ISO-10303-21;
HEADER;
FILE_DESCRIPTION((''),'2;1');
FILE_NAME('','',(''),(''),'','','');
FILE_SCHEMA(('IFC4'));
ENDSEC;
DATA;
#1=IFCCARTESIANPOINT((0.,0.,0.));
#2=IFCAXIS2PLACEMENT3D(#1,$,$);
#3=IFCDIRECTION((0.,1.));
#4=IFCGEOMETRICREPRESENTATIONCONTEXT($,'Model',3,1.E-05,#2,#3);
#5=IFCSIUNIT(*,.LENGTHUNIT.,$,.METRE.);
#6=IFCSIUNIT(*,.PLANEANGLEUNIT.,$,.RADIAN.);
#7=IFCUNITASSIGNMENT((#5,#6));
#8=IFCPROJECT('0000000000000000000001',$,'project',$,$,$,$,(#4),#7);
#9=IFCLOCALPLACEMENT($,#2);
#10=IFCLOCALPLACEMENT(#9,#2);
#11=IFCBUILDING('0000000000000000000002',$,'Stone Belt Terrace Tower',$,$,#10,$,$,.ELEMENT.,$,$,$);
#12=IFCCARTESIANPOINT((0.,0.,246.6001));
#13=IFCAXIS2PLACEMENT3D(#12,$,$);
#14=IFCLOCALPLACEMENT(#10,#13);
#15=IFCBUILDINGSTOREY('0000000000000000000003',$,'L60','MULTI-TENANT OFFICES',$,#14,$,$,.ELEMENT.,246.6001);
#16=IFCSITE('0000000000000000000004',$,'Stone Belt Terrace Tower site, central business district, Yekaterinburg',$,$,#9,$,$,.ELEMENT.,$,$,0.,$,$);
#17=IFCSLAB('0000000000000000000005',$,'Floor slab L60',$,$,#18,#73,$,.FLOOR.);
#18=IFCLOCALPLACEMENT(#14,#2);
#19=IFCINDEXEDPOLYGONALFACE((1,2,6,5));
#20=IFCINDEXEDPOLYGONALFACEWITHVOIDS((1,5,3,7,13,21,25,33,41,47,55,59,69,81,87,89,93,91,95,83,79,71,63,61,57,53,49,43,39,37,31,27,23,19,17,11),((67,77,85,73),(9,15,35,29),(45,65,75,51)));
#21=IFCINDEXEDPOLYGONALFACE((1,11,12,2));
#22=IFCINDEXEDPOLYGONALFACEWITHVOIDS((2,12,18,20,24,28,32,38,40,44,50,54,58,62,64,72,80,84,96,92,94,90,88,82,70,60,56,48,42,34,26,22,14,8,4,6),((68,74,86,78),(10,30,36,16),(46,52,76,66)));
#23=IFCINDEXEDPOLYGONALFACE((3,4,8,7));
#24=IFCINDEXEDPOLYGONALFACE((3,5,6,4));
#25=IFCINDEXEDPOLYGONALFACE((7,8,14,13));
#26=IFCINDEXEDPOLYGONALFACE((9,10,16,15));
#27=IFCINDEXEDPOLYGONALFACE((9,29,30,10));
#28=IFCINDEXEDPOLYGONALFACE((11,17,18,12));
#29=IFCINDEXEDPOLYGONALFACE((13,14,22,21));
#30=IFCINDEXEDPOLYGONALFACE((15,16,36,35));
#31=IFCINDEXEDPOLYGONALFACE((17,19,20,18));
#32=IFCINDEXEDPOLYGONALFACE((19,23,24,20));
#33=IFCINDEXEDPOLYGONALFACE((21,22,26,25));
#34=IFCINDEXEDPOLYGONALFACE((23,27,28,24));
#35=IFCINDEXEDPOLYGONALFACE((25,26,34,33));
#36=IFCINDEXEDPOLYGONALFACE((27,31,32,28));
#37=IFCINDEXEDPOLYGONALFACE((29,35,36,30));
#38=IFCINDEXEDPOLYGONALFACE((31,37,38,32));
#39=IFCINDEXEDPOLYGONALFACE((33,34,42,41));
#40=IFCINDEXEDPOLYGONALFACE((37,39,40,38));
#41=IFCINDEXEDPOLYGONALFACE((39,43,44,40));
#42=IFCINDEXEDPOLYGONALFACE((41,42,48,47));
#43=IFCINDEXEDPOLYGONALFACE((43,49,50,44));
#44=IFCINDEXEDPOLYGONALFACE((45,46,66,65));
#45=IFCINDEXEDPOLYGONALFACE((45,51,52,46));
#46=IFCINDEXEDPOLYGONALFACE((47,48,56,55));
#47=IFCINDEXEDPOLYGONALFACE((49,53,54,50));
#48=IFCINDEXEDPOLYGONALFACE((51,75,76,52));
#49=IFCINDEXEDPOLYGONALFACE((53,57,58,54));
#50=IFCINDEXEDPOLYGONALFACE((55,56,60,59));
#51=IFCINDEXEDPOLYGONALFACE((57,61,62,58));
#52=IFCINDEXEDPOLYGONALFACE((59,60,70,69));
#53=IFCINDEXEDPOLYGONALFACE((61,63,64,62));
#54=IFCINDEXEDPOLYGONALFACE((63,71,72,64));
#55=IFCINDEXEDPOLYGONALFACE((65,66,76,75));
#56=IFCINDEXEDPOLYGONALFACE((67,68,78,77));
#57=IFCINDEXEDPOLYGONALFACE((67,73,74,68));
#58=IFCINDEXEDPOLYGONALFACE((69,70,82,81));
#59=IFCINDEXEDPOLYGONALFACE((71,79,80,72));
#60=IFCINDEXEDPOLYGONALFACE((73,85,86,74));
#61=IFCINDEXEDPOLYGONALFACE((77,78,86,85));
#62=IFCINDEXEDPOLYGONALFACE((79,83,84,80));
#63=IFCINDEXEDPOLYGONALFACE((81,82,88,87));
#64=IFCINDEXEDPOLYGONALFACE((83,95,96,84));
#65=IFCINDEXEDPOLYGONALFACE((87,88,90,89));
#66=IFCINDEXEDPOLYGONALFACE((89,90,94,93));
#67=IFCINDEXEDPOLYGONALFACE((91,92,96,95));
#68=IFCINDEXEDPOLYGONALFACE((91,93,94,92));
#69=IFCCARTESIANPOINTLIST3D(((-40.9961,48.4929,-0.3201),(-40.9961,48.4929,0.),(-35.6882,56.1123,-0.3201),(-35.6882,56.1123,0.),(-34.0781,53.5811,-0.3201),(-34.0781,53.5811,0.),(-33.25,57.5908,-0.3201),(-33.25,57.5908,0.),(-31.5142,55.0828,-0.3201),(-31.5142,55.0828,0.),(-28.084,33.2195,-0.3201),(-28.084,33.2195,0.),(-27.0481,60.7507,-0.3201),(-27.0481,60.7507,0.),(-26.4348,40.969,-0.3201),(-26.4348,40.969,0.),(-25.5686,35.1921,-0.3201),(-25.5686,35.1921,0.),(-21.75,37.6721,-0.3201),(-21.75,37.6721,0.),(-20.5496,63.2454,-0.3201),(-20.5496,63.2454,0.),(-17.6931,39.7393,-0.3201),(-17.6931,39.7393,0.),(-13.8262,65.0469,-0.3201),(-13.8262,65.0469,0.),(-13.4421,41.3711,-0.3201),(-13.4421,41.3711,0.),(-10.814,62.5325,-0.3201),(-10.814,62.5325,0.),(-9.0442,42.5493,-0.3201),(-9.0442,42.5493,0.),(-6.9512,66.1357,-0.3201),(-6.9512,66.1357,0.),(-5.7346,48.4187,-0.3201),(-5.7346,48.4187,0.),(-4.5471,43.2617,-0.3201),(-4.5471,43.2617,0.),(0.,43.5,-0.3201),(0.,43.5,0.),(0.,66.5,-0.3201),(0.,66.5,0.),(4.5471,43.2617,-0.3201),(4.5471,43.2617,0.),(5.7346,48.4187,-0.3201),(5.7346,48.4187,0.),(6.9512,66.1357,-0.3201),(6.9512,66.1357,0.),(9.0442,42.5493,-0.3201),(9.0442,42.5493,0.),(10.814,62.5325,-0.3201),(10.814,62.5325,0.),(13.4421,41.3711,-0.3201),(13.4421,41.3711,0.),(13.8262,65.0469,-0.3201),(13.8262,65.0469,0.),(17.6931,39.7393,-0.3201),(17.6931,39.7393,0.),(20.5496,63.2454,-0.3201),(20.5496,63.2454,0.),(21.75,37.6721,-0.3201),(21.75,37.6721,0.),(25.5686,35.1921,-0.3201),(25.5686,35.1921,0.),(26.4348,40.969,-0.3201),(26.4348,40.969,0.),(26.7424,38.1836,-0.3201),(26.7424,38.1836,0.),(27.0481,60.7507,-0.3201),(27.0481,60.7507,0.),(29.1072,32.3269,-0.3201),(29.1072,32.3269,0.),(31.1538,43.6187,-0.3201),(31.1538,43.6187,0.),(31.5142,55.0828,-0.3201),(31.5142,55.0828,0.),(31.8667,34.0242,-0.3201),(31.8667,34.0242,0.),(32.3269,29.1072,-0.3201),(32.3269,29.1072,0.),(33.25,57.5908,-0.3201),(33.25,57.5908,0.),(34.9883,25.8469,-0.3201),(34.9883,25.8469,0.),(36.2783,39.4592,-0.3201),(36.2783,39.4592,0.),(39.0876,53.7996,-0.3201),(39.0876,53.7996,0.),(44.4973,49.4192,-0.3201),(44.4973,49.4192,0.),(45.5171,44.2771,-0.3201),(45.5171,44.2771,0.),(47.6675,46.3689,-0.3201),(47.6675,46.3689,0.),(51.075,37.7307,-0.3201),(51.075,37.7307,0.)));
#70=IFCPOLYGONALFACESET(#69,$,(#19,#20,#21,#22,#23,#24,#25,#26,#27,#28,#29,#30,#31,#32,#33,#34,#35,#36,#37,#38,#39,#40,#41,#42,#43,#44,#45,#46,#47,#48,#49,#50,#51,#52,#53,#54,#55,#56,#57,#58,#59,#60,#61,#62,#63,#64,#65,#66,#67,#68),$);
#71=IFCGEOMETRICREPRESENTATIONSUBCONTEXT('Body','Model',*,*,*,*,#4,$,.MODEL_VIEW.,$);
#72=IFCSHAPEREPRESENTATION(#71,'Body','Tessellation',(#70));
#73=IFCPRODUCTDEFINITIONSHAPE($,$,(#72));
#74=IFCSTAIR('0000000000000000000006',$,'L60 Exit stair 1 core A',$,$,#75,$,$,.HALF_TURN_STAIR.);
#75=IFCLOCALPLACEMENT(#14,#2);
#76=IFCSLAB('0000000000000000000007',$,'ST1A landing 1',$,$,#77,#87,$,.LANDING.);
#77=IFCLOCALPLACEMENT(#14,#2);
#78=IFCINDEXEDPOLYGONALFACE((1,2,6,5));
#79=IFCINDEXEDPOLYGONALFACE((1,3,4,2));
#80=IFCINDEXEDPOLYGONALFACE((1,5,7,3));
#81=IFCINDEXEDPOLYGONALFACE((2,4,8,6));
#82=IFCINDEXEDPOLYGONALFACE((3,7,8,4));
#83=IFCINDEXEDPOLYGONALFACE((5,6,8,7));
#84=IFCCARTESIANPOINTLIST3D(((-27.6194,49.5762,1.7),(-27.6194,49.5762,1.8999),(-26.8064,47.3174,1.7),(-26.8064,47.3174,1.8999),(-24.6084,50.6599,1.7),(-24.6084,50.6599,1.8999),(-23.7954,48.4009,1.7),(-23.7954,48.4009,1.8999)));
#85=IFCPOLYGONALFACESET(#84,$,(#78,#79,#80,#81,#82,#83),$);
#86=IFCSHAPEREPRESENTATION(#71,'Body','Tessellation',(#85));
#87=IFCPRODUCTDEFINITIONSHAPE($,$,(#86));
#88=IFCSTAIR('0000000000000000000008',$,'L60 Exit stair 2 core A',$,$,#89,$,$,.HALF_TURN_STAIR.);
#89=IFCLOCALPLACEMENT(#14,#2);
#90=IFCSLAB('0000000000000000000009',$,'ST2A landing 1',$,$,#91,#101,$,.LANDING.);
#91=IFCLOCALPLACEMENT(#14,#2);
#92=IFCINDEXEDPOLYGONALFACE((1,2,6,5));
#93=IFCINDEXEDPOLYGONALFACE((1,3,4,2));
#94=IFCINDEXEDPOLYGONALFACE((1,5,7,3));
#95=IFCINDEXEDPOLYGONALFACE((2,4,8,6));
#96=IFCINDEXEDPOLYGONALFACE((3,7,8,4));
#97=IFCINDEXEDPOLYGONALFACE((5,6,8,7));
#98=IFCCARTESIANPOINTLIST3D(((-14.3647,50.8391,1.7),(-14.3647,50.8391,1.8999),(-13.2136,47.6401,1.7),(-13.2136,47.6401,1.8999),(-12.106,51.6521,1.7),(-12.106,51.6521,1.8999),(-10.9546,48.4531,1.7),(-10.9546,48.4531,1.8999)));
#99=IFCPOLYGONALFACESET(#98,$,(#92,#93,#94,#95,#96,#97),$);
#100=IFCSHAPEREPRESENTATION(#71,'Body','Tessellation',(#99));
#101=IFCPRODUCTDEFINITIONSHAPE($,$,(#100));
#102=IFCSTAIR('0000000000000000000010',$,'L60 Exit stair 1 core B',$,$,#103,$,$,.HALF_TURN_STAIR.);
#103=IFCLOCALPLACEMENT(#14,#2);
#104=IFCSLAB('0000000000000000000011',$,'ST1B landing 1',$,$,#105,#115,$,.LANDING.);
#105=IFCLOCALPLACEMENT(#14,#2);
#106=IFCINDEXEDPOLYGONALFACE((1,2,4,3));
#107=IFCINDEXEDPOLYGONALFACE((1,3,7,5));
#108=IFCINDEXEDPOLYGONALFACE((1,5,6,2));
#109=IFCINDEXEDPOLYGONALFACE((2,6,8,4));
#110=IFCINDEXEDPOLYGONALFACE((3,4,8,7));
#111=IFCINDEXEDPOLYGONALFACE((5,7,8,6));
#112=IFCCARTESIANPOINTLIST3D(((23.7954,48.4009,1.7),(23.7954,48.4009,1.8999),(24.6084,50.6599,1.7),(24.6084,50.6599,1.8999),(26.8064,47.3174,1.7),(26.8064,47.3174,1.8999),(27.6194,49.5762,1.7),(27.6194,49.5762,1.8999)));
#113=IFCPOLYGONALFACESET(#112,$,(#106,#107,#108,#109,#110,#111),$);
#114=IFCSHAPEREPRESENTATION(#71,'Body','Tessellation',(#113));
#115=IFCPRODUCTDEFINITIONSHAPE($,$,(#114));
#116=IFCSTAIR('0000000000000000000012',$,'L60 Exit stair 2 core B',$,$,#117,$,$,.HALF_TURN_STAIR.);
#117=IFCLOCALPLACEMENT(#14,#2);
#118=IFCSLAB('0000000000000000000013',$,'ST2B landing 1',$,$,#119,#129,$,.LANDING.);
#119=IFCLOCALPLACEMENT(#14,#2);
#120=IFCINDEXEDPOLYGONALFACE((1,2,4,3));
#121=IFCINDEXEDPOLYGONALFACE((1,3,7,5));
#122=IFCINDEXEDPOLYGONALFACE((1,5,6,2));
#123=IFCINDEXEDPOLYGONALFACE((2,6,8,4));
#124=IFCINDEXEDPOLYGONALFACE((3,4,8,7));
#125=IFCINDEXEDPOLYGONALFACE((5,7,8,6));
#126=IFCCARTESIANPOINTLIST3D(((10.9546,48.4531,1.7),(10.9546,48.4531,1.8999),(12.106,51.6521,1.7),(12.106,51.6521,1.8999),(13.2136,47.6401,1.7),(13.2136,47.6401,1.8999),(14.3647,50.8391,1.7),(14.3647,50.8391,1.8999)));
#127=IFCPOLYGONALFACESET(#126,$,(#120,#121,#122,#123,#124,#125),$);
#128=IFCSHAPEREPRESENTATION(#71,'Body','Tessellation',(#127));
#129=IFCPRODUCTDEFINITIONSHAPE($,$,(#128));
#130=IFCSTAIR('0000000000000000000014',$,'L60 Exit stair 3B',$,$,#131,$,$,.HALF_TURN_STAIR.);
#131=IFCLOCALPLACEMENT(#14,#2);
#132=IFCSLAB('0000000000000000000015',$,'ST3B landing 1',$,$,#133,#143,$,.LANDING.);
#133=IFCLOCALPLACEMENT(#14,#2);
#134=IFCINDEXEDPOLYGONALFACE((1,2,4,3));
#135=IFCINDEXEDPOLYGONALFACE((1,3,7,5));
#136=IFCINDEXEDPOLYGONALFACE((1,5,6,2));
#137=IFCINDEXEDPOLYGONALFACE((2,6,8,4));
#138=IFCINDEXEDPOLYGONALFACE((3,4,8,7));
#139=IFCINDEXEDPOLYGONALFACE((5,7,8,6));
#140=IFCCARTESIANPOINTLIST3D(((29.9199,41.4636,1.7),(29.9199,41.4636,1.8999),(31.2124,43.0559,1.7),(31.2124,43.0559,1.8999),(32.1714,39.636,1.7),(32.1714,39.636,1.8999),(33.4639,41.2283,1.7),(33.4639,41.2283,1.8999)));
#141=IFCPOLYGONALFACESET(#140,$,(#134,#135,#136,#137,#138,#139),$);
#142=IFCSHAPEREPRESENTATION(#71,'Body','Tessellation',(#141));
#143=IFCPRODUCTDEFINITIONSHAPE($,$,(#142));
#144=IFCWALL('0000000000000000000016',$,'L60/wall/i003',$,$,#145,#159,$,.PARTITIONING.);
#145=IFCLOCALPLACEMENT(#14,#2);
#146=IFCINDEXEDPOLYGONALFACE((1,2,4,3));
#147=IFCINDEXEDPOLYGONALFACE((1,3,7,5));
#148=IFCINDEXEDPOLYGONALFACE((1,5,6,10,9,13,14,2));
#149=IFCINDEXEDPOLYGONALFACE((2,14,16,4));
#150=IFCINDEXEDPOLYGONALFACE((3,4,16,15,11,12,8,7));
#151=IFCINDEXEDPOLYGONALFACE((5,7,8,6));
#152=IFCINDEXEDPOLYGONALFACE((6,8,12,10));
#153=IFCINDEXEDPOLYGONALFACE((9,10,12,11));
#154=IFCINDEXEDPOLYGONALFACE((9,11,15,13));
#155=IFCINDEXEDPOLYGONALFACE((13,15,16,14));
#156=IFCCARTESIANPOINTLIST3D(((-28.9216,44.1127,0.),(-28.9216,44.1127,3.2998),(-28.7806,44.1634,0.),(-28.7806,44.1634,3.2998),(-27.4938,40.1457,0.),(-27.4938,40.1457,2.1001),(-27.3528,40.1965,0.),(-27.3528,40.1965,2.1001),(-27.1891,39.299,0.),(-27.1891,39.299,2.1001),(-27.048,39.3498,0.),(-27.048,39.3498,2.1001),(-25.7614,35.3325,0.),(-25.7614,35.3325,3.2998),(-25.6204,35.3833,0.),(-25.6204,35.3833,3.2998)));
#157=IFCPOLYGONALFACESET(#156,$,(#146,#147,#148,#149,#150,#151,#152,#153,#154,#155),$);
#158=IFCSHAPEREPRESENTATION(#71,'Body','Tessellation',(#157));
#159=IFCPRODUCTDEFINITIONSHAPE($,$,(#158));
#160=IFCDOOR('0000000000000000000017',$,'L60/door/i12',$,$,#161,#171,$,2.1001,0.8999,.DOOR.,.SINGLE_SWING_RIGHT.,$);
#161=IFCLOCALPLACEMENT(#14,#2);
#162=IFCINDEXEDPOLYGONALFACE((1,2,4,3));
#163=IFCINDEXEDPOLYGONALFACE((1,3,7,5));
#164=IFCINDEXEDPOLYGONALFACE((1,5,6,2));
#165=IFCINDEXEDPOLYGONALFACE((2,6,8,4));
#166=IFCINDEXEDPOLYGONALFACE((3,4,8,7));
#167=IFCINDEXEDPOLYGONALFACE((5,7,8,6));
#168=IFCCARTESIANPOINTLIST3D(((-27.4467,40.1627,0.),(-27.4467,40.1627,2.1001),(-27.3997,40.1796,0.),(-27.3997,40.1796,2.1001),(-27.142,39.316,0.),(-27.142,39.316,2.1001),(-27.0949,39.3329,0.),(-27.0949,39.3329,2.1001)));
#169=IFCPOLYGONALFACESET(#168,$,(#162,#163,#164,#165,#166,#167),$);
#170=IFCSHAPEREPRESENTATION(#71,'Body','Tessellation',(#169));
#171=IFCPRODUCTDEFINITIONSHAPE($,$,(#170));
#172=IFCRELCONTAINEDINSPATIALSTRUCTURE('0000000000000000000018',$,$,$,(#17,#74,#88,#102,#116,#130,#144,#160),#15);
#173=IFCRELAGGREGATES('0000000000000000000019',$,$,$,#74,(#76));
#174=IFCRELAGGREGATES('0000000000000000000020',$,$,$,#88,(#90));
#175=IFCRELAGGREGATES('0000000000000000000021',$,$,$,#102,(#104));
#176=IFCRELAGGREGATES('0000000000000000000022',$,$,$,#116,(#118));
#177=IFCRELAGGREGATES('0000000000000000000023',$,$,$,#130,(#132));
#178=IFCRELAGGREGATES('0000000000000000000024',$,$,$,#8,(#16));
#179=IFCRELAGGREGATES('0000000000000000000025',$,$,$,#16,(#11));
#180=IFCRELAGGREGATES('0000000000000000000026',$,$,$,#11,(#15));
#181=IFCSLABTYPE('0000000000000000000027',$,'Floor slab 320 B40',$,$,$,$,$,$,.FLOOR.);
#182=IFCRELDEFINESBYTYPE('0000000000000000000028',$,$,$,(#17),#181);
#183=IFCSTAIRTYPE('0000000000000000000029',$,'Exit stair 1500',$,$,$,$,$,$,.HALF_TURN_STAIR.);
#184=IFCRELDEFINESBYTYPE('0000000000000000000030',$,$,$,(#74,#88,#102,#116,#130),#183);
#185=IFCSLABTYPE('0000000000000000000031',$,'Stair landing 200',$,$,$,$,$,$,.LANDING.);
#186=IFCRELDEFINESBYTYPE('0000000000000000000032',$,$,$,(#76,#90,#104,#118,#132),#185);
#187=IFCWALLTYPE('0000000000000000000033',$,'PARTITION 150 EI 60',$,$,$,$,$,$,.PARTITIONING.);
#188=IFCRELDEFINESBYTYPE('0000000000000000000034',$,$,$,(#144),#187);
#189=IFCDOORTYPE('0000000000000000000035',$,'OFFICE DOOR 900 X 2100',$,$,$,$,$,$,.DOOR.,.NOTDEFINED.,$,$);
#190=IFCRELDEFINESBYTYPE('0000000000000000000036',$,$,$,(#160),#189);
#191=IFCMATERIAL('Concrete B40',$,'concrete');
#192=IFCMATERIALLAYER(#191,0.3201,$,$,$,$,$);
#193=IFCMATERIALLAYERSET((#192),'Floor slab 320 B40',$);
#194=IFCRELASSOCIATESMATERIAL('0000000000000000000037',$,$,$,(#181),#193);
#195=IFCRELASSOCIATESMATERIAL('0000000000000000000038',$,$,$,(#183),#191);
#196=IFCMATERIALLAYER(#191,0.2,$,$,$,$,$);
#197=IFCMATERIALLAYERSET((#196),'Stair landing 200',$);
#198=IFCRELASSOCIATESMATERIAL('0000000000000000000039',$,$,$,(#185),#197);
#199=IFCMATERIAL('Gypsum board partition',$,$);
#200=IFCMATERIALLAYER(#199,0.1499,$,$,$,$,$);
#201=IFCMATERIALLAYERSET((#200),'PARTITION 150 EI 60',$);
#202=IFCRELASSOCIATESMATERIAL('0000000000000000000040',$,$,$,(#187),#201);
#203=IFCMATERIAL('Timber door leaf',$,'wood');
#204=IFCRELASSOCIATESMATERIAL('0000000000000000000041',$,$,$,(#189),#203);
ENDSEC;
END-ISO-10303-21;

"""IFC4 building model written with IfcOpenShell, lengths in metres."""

from ifc_helpers import new_model, si_unit, direction, frame, frame_2d, origin, place, context, subcontext, project, spatial, polyline, rectangle, outline, extrude, material, layer, layer_set, type_object, element, fill, aggregate, save


model = new_model("IFC4")

# Units and contexts
model_context = context("Model", 3, precision=1e-05, world=origin(), true_north=direction((0.0, 1.0)))
body_context = subcontext(model_context, "Body", "Model", "MODEL_VIEW")
ifc_project = project(units=[si_unit("LENGTHUNIT", "METRE"), si_unit("PLANEANGLEUNIT", "RADIAN")], contexts=[model_context])

# Site, building, storey
site_placement = place(None, origin())
site = spatial("IfcSite", under=ifc_project, at=site_placement, Name="Stone Belt Terrace Tower site, central business district, Yekaterinburg", CompositionType="ELEMENT", RefElevation=0.0)
building_placement = place(site_placement, origin())
building = spatial("IfcBuilding", under=site, at=building_placement, Name="Stone Belt Terrace Tower", CompositionType="ELEMENT")
storey_placement = place(building_placement, frame((0.0, 0.0, 246.6001)))
storey = spatial("IfcBuildingStorey", under=building, at=storey_placement, Name="L60", Description="MULTI-TENANT OFFICES", CompositionType="ELEMENT", Elevation=246.6001)

# Slab
ifc_material_1 = material(Name="Concrete B40", Category="concrete")
ifc_layer_1 = layer(ifc_material_1, 0.3201)
ifc_layer_set_1 = layer_set([ifc_layer_1], Name="Floor slab 320 B40")
slab_type_1 = type_object("IfcSlabType", Name="Floor slab 320 B40", PredefinedType="FLOOR", material=ifc_layer_set_1)
slab_1_placement = place(storey_placement, frame((0.0, 0.0, -0.3201)))
element("IfcSlab", 1, at=slab_1_placement, inside=storey, type_object=slab_type_1, Name="Floor slab L60", PredefinedType="FLOOR", context=body_context, shape_type="SweptSolid", body=[
    extrude(outline(polyline([(-35.6882, 56.1123), (-33.25, 57.5908), (-27.0481, 60.7507), (-20.5496, 63.2454), (-13.8262, 65.0469), (-6.9512, 66.1357), (0.0, 66.5), (6.9512, 66.1357), (13.8262, 65.0469), (20.5496, 63.2454), (27.0481, 60.7507), (33.25, 57.5908), (39.0876, 53.7996), (44.4973, 49.4192), (47.6675, 46.3689), (45.5171, 44.2771), (51.075, 37.7307), (34.9883, 25.8469), (32.3269, 29.1072), (29.1072, 32.3269), (25.5686, 35.1921), (21.75, 37.6721), (17.6931, 39.7393), (13.4421, 41.3711), (9.0442, 42.5493), (4.5471, 43.2617), (0.0, 43.5), (-4.5471, 43.2617), (-9.0442, 42.5493), (-13.4421, 41.3711), (-17.6931, 39.7393), (-21.75, 37.6721), (-25.5686, 35.1921), (-28.084, 33.2195), (-40.9961, 48.4929), (-34.0781, 53.5811), (-35.6882, 56.1123)]), holes=[polyline([(-31.5142, 55.0828), (-26.4348, 40.969), (-5.7346, 48.4187), (-10.814, 62.5325), (-31.5142, 55.0828)]), polyline([(31.5142, 55.0828), (10.814, 62.5325), (5.7346, 48.4187), (26.4348, 40.969), (31.5142, 55.0828)]), polyline([(36.2783, 39.4592), (31.1538, 43.6187), (26.7424, 38.1836), (31.8667, 34.0242), (36.2783, 39.4592)])]), origin(), (0.0, 0.0, 1.0), 0.3201),
])

# Stairs, slabs
stair_type = type_object("IfcStairType", Name="Exit stair 1500", PredefinedType="HALF_TURN_STAIR", material=ifc_material_1)
stair_1_placement = place(storey_placement, origin())
stair_1 = element("IfcStair", 2, at=stair_1_placement, inside=storey, type_object=stair_type, Name="L60 Exit stair 1 core A", PredefinedType="HALF_TURN_STAIR")
ifc_layer_2 = layer(ifc_material_1, 0.2)
ifc_layer_set_2 = layer_set([ifc_layer_2], Name="Stair landing 200")
slab_type_2 = type_object("IfcSlabType", Name="Stair landing 200", PredefinedType="LANDING", material=ifc_layer_set_2)
slab_2_placement = place(storey_placement, frame((0.0, 0.0, 1.7)))
slab_2 = element("IfcSlab", 3, at=slab_2_placement, type_object=slab_type_2, Name="ST1A landing 1", PredefinedType="LANDING", context=body_context, shape_type="SweptSolid", body=[
    extrude(outline(polyline([(-23.7954, 48.4009), (-24.6084, 50.6599), (-27.6194, 49.5762), (-26.8064, 47.3174), (-23.7954, 48.4009)])), origin(), (0.0, 0.0, 1.0), 0.2),
])
aggregate(stair_1, [slab_2])
stair_2_placement = place(storey_placement, origin())
stair_2 = element("IfcStair", 4, at=stair_2_placement, inside=storey, type_object=stair_type, Name="L60 Exit stair 2 core A", PredefinedType="HALF_TURN_STAIR")
slab_3_placement = place(storey_placement, frame((0.0, 0.0, 1.7)))
slab_3 = element("IfcSlab", 5, at=slab_3_placement, type_object=slab_type_2, Name="ST2A landing 1", PredefinedType="LANDING", context=body_context, shape_type="SweptSolid", body=[
    extrude(outline(polyline([(-13.2136, 47.6401), (-10.9546, 48.4531), (-12.106, 51.6521), (-14.3647, 50.8391), (-13.2136, 47.6401)])), origin(), (0.0, 0.0, 1.0), 0.2),
])
aggregate(stair_2, [slab_3])
stair_3_placement = place(storey_placement, origin())
stair_3 = element("IfcStair", 6, at=stair_3_placement, inside=storey, type_object=stair_type, Name="L60 Exit stair 1 core B", PredefinedType="HALF_TURN_STAIR")
slab_4_placement = place(storey_placement, frame((0.0, 0.0, 1.7)))
slab_4 = element("IfcSlab", 7, at=slab_4_placement, type_object=slab_type_2, Name="ST1B landing 1", PredefinedType="LANDING", context=body_context, shape_type="SweptSolid", body=[
    extrude(outline(polyline([(26.8064, 47.3174), (27.6194, 49.5762), (24.6084, 50.6599), (23.7954, 48.4009), (26.8064, 47.3174)])), origin(), (0.0, 0.0, 1.0), 0.2),
])
aggregate(stair_3, [slab_4])
stair_4_placement = place(storey_placement, origin())
stair_4 = element("IfcStair", 8, at=stair_4_placement, inside=storey, type_object=stair_type, Name="L60 Exit stair 2 core B", PredefinedType="HALF_TURN_STAIR")
slab_5_placement = place(storey_placement, frame((0.0, 0.0, 1.7)))
slab_5 = element("IfcSlab", 9, at=slab_5_placement, type_object=slab_type_2, Name="ST2B landing 1", PredefinedType="LANDING", context=body_context, shape_type="SweptSolid", body=[
    extrude(outline(polyline([(14.3647, 50.8391), (12.106, 51.6521), (10.9546, 48.4531), (13.2136, 47.6401), (14.3647, 50.8391)])), origin(), (0.0, 0.0, 1.0), 0.2),
])
aggregate(stair_4, [slab_5])
stair_5_placement = place(storey_placement, origin())
stair_5 = element("IfcStair", 10, at=stair_5_placement, inside=storey, type_object=stair_type, Name="L60 Exit stair 3B", PredefinedType="HALF_TURN_STAIR")
slab_6_placement = place(storey_placement, frame((0.0, 0.0, 1.7)))
slab_6 = element("IfcSlab", 11, at=slab_6_placement, type_object=slab_type_2, Name="ST3B landing 1", PredefinedType="LANDING", context=body_context, shape_type="SweptSolid", body=[
    extrude(outline(polyline([(32.1714, 39.636), (33.4639, 41.2283), (31.2124, 43.0559), (29.9199, 41.4636), (32.1714, 39.636)])), origin(), (0.0, 0.0, 1.0), 0.2),
])
aggregate(stair_5, [slab_6])

# Wall, opening, door
ifc_material_2 = material(Name="Gypsum board partition")
ifc_layer_3 = layer(ifc_material_2, 0.1499)
ifc_layer_set_3 = layer_set([ifc_layer_3], Name="PARTITION 150 EI 60")
wall_type = type_object("IfcWallType", Name="PARTITION 150 EI 60", PredefinedType="PARTITIONING", material=ifc_layer_set_3)
wall_placement = place(storey_placement, frame((-25.6909, 35.3579, 0.0), z_axis=(0.0, 0.0, 1.0), x_axis=(-0.338657, 0.94091, 0.0)))
wall = element("IfcWall", 12, at=wall_placement, inside=storey, type_object=wall_type, Name="L60/wall/i003", PredefinedType="PARTITIONING", context=body_context, shape_type="SweptSolid", body=[
    extrude(rectangle(XDim=9.3315, YDim=0.1499, at=frame_2d((4.6658, 0.0))), origin(), (0.0, 0.0, 1.0), 3.2998),
])
opening_placement = place(wall_placement, frame((4.2156, 0.0, 0.0)))
opening = element("IfcOpeningElement", 13, at=opening_placement, cuts=wall, PredefinedType="OPENING", context=body_context, shape_type="SweptSolid", body=[
    extrude(rectangle(XDim=0.8999, YDim=2.1001, at=frame_2d((0.45, 1.05))), frame((0.0, 0.085, 0.0), z_axis=(0.0, -1.0, 0.0), x_axis=(1.0, 0.0, 0.0)), (0.0, 0.0, 1.0), 0.1699),
])
ifc_material_3 = material(Name="Timber door leaf", Category="wood")
door_type = type_object("IfcDoorType", Name="OFFICE DOOR 900 X 2100", OperationType="NOTDEFINED", PredefinedType="DOOR", material=ifc_material_3)
door_placement = place(opening_placement, origin())
door = element("IfcDoor", 14, at=door_placement, inside=storey, type_object=door_type, Name="L60/door/i12", OperationType="SINGLE_SWING_RIGHT", OverallHeight=2.1001, OverallWidth=0.8999, PredefinedType="DOOR", context=body_context, shape_type="SweptSolid", body=[
    extrude(rectangle(XDim=0.8999, YDim=2.1001, at=frame_2d((0.45, 1.05))), frame((0.0, 0.0249, 0.0), z_axis=(0.0, -1.0, 0.0), x_axis=(1.0, 0.0, 0.0)), (0.0, 0.0, 1.0), 0.05),
])
fill(opening, door)

save(model, "model.ifc")
